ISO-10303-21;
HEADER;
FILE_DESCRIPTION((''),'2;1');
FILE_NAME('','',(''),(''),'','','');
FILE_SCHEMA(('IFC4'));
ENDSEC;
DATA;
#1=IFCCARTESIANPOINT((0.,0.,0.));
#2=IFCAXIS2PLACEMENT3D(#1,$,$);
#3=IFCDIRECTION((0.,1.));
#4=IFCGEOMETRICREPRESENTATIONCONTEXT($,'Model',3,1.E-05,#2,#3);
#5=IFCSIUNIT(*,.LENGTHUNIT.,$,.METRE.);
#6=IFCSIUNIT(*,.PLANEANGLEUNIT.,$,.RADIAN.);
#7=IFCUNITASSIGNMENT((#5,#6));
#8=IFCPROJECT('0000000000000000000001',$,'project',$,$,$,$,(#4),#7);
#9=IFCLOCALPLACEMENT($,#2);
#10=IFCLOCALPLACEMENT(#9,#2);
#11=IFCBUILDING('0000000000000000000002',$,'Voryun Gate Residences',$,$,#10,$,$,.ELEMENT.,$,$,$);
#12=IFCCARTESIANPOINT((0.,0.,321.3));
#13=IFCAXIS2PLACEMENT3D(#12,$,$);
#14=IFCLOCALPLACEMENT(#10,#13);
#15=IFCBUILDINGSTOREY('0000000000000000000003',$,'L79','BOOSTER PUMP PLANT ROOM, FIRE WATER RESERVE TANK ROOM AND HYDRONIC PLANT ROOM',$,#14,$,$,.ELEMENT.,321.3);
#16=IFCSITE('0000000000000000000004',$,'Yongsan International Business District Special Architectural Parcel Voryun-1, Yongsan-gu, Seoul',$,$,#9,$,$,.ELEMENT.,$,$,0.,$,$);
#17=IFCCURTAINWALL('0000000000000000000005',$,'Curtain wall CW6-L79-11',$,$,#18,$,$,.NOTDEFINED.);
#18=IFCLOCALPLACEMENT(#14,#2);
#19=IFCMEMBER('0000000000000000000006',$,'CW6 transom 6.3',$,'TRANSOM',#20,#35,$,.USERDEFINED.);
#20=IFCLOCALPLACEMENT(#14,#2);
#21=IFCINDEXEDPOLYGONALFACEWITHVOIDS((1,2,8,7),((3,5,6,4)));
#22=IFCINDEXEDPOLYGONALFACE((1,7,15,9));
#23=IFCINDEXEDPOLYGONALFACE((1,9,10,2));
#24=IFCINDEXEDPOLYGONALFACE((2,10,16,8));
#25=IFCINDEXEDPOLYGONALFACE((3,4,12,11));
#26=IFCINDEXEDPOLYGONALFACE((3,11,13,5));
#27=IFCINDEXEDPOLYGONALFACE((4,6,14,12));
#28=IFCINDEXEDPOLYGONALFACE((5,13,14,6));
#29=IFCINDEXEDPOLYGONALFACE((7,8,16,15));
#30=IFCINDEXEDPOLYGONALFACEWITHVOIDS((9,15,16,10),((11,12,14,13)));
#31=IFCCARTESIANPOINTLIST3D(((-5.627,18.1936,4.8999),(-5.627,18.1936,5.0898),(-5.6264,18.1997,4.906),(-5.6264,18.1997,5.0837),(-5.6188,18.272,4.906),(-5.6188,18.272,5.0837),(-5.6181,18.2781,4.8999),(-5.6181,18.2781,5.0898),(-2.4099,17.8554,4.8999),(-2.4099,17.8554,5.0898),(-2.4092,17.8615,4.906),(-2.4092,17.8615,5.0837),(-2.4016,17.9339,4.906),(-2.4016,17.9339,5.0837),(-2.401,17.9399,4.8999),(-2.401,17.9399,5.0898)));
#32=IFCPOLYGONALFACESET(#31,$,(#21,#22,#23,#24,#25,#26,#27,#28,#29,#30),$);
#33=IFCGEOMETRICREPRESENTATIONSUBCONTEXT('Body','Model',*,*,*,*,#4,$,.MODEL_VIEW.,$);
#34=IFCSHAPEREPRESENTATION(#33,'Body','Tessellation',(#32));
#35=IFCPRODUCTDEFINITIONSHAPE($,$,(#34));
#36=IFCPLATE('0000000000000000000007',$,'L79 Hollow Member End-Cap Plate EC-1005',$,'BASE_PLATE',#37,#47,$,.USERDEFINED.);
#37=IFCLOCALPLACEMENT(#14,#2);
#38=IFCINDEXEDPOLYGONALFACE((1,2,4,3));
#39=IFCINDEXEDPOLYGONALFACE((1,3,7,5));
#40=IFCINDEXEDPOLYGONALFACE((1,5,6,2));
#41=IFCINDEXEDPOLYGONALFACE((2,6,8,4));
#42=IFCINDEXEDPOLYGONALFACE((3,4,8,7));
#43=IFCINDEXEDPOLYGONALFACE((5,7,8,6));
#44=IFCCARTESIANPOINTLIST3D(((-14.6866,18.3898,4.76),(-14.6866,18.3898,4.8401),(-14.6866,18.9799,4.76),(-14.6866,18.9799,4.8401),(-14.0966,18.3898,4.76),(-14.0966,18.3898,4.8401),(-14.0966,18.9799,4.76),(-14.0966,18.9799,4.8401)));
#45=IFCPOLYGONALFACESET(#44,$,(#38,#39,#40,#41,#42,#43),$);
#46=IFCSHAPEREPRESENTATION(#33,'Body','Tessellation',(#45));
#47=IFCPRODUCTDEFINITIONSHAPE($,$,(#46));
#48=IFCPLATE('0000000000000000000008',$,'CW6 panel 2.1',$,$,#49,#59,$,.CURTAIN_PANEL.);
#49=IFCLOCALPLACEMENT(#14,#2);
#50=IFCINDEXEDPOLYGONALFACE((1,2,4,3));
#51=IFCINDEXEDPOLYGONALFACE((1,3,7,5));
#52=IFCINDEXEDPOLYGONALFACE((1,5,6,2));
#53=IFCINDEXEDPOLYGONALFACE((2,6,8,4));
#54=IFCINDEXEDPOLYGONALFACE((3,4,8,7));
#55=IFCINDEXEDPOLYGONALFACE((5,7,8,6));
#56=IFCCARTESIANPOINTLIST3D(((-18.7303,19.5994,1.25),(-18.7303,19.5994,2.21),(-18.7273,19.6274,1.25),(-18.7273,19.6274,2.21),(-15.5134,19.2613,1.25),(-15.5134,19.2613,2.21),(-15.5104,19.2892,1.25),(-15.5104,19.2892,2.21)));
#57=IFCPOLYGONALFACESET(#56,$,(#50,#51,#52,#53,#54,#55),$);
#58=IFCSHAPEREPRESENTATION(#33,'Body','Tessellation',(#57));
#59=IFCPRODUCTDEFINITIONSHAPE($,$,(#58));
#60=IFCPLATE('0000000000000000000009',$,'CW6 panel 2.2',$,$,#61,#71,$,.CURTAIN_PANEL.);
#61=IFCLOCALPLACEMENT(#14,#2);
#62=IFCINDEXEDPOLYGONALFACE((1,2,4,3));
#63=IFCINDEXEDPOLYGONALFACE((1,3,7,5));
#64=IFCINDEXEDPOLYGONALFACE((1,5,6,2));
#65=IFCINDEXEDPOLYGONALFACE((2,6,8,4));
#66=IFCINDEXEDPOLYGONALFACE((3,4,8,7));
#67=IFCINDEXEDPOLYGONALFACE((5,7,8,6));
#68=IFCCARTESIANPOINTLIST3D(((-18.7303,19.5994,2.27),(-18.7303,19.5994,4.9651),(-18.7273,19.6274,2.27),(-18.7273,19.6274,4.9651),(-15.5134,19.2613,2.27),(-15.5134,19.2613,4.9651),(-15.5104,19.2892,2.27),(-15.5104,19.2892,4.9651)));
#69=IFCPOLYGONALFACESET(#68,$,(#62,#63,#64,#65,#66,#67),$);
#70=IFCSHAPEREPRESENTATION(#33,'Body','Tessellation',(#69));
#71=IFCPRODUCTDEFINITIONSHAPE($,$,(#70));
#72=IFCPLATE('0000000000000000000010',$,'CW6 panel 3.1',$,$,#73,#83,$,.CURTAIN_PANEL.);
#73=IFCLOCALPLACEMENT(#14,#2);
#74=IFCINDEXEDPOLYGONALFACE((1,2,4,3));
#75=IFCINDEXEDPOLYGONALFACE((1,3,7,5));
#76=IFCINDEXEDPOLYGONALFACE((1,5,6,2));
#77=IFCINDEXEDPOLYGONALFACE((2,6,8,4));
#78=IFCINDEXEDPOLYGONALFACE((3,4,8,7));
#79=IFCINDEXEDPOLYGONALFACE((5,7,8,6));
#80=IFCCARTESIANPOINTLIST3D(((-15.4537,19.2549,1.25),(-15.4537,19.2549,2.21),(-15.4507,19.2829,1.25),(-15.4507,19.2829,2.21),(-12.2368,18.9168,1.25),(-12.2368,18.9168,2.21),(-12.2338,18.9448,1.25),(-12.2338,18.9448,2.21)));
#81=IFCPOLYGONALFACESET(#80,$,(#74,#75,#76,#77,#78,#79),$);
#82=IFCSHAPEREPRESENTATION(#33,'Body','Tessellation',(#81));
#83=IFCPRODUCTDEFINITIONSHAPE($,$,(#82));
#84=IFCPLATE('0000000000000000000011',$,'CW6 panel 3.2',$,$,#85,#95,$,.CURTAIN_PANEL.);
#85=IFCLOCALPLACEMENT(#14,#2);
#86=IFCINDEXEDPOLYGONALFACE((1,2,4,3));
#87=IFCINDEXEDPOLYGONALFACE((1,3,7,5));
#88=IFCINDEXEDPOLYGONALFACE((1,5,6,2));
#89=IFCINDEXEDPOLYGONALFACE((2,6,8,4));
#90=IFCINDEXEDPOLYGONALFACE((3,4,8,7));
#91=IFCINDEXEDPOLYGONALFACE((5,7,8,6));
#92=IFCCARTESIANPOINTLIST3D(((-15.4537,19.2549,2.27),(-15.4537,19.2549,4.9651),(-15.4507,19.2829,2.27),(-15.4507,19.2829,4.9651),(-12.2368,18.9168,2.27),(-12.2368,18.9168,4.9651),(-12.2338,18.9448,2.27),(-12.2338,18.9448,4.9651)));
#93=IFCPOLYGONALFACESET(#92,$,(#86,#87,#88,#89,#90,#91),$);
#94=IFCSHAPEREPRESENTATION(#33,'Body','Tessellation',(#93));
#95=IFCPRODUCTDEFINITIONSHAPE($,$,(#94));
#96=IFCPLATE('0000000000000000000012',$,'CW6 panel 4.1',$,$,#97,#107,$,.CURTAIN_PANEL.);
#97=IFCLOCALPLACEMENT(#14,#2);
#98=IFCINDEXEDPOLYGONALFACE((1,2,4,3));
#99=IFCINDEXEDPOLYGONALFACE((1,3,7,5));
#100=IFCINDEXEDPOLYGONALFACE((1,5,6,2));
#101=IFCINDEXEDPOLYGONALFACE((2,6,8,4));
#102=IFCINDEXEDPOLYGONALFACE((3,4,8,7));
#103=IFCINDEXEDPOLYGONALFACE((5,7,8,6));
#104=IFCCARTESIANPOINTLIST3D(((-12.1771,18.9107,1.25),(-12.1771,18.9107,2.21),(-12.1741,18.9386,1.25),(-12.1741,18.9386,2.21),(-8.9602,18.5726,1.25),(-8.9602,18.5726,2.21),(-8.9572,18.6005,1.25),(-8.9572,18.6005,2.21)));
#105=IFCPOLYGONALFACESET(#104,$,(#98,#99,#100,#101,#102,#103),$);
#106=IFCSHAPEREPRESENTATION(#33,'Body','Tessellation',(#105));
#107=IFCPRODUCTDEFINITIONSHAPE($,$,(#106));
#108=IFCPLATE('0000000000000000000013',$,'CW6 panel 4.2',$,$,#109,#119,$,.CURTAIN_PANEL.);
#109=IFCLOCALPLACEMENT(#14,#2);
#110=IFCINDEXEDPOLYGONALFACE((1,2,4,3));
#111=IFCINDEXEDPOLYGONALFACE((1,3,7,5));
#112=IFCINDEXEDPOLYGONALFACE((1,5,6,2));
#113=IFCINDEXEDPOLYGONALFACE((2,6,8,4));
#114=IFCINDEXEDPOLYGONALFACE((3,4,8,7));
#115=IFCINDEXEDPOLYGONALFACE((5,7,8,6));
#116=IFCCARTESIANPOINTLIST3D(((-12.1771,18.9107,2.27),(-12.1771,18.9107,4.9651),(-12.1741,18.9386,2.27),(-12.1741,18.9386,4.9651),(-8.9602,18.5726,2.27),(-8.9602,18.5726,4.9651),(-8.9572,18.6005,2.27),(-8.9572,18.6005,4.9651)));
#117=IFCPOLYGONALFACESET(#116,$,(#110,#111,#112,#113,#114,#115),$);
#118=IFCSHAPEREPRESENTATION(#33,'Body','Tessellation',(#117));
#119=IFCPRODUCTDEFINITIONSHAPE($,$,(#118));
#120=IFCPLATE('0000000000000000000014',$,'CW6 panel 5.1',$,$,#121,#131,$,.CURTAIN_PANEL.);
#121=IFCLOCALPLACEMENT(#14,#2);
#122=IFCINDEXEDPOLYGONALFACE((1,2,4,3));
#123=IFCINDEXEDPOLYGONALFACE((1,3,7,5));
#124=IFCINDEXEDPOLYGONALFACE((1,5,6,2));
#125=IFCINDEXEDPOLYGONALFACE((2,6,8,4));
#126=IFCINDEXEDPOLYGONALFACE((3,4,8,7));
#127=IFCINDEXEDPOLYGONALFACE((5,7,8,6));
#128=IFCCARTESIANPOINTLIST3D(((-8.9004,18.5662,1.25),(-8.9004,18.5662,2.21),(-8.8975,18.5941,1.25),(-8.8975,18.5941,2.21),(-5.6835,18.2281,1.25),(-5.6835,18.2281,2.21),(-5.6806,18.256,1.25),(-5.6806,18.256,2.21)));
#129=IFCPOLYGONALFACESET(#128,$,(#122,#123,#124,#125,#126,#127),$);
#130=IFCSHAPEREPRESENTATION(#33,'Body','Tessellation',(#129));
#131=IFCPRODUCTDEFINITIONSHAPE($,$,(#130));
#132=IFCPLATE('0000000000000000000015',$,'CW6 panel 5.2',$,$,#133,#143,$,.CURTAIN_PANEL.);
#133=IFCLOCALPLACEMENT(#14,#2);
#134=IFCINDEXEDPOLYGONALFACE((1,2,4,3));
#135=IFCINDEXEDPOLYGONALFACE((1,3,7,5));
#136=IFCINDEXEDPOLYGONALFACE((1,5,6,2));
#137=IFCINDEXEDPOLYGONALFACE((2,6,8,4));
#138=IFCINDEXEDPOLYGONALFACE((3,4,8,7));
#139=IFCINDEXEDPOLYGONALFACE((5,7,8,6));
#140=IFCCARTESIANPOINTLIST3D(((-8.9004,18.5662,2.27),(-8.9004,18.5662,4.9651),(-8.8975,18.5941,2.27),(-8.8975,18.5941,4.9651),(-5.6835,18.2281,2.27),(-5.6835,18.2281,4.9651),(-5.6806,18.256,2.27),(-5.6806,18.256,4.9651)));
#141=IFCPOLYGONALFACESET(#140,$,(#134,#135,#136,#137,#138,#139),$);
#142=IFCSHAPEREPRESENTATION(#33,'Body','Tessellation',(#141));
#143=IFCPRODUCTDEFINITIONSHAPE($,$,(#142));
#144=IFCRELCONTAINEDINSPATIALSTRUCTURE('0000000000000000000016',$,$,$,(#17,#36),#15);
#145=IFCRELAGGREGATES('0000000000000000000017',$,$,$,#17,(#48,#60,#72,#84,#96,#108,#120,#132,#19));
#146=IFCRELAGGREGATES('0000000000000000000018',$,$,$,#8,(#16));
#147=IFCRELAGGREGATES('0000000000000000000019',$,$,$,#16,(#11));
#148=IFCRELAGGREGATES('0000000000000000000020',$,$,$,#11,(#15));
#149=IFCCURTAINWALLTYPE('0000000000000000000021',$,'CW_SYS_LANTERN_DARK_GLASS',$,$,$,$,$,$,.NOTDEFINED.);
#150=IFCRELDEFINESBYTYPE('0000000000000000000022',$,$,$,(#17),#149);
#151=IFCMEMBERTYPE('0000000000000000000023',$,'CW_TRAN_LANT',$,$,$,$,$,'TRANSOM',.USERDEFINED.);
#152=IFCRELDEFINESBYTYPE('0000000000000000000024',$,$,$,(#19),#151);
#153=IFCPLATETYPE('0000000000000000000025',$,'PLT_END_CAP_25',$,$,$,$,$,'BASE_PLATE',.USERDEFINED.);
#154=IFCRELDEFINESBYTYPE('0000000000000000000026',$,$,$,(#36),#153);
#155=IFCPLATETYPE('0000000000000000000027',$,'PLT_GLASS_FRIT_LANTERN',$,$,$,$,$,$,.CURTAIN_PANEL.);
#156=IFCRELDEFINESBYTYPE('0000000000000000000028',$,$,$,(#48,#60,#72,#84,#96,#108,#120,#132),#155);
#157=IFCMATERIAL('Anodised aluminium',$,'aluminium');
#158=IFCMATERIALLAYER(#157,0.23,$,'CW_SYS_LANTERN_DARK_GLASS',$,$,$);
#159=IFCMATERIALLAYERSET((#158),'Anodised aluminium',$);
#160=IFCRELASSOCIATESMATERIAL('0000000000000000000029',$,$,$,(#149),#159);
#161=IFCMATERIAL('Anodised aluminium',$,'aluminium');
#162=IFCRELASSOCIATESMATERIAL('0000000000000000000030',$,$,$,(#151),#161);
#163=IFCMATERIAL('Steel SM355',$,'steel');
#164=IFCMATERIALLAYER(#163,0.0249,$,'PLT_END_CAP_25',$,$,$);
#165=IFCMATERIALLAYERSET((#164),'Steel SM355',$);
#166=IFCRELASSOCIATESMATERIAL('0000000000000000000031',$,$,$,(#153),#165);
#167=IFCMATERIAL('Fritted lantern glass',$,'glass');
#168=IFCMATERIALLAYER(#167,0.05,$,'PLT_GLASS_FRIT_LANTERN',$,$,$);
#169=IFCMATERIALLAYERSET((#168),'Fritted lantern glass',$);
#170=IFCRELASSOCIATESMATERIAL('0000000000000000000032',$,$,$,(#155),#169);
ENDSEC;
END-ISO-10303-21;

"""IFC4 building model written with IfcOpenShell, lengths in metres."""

from ifc_helpers import new_model, si_unit, direction, frame, origin, origin_2d, place, context, subcontext, project, spatial, rectangle, hollow_rectangle, extrude, material, layer, layer_set, material_profile, profile_set, type_object, element, aggregate, save


model = new_model("IFC4")

# Units and contexts
model_context = context("Model", 3, precision=1e-05, world=origin(), true_north=direction((0.0, 1.0)))
body_context = subcontext(model_context, "Body", "Model", "MODEL_VIEW")
ifc_project = project(units=[si_unit("LENGTHUNIT", "METRE"), si_unit("PLANEANGLEUNIT", "RADIAN")], contexts=[model_context])

# Site, building, storey
site_placement = place(None, origin())
site = spatial("IfcSite", under=ifc_project, at=site_placement, Name="Yongsan International Business District Special Architectural Parcel Voryun-1, Yongsan-gu, Seoul", CompositionType="ELEMENT", RefElevation=0.0)
building_placement = place(site_placement, origin())
building = spatial("IfcBuilding", under=site, at=building_placement, Name="Voryun Gate Residences", CompositionType="ELEMENT")
storey_placement = place(building_placement, frame((0.0, 0.0, 321.3)))
storey = spatial("IfcBuildingStorey", under=building, at=storey_placement, Name="L79", Description="BOOSTER PUMP PLANT ROOM, FIRE WATER RESERVE TANK ROOM AND HYDRONIC PLANT ROOM", CompositionType="ELEMENT", Elevation=321.3)

# Curtain wall, member
ifc_material_1 = material(Name="Anodised aluminium", Category="aluminium")
ifc_layer_1 = layer(ifc_material_1, 0.23, Name="CW_SYS_LANTERN_DARK_GLASS")
ifc_layer_set_1 = layer_set([ifc_layer_1], Name="Anodised aluminium")
curtain_wall_type = type_object("IfcCurtainWallType", Name="CW_SYS_LANTERN_DARK_GLASS", PredefinedType="NOTDEFINED", material=ifc_layer_set_1)
curtain_wall_placement = place(storey_placement, origin())
curtain_wall = element("IfcCurtainWall", 1, at=curtain_wall_placement, inside=storey, type_object=curtain_wall_type, Name="Curtain wall CW6-L79-11", PredefinedType="NOTDEFINED")
ifc_material_2 = material(Name="Anodised aluminium", Category="aluminium")
ifc_material_profile_1 = material_profile(ifc_material_2, hollow_rectangle(XDim=0.085, YDim=0.1899, WallThickness=0.0061, at=origin_2d()), Name="ALU-TRAN-190x85x6")
ifc_profile_set_1 = profile_set([ifc_material_profile_1], Name="Anodised aluminium")
member_type_1 = type_object("IfcMemberType", Name="CW_TRAN_LANT", ElementType="TRANSOM", PredefinedType="USERDEFINED", material=ifc_profile_set_1)
member_1_placement = place(storey_placement, frame((-5.6226, 18.2358, 4.9949), z_axis=(0.994522, -0.104532, 0.0), x_axis=(0.104532, 0.994522, 0.0)))
member_1 = element("IfcMember", 2, at=member_1_placement, type_object=member_type_1, Name="CW6 transom 6.3", ObjectType="TRANSOM", PredefinedType="USERDEFINED", context=body_context, shape_type="SweptSolid", body=[
    extrude(hollow_rectangle(XDim=0.085, YDim=0.1899, WallThickness=0.0061, at=origin_2d()), origin(), (0.0, 0.0, 1.0), 3.2349),
])

# Plates
ifc_material_3 = material(Name="Steel SM355", Category="steel")
ifc_layer_2 = layer(ifc_material_3, 0.0249, Name="PLT_END_CAP_25")
ifc_layer_set_2 = layer_set([ifc_layer_2], Name="Steel SM355")
plate_type_1 = type_object("IfcPlateType", Name="PLT_END_CAP_25", ElementType="BASE_PLATE", PredefinedType="USERDEFINED", material=ifc_layer_set_2)
plate_1_placement = place(storey_placement, frame((-14.3916, 18.6848, 4.76), z_axis=(0.0, 0.0, 1.0), x_axis=(1.0, 0.0, 0.0)))
element("IfcPlate", 3, at=plate_1_placement, inside=storey, type_object=plate_type_1, Name="L79 Hollow Member End-Cap Plate EC-1005", ObjectType="BASE_PLATE", PredefinedType="USERDEFINED", context=body_context, shape_type="SweptSolid", body=[
    extrude(rectangle(XDim=0.5901, YDim=0.5901, at=origin_2d()), origin(), (0.0, 0.0, 1.0), 0.0801),
])
ifc_material_4 = material(Name="Fritted lantern glass", Category="glass")
ifc_layer_3 = layer(ifc_material_4, 0.05, Name="PLT_GLASS_FRIT_LANTERN")
ifc_layer_set_3 = layer_set([ifc_layer_3], Name="Fritted lantern glass")
plate_type_2 = type_object("IfcPlateType", Name="PLT_GLASS_FRIT_LANTERN", PredefinedType="CURTAIN_PANEL", material=ifc_layer_set_3)
plate_2_placement = place(storey_placement, frame((-17.1204, 19.4443, 1.25), z_axis=(0.0, 0.0, 1.0), x_axis=(0.994522, -0.104528, 0.0)))
plate_2 = element("IfcPlate", 4, at=plate_2_placement, type_object=plate_type_2, Name="CW6 panel 2.1", PredefinedType="CURTAIN_PANEL", context=body_context, shape_type="SweptSolid", body=[
    extrude(rectangle(XDim=3.2346, YDim=0.0281, at=origin_2d()), origin(), (0.0, 0.0, 1.0), 0.96),
])
plate_3_placement = place(storey_placement, frame((-17.1204, 19.4443, 2.27), z_axis=(0.0, 0.0, 1.0), x_axis=(0.994522, -0.104528, 0.0)))
plate_3 = element("IfcPlate", 5, at=plate_3_placement, type_object=plate_type_2, Name="CW6 panel 2.2", PredefinedType="CURTAIN_PANEL", context=body_context, shape_type="SweptSolid", body=[
    extrude(rectangle(XDim=3.2346, YDim=0.0281, at=origin_2d()), origin(), (0.0, 0.0, 1.0), 2.6951),
])
plate_4_placement = place(storey_placement, frame((-13.8438, 19.0999, 1.25), z_axis=(0.0, 0.0, 1.0), x_axis=(0.994522, -0.104528, 0.0)))
plate_4 = element("IfcPlate", 6, at=plate_4_placement, type_object=plate_type_2, Name="CW6 panel 3.1", PredefinedType="CURTAIN_PANEL", context=body_context, shape_type="SweptSolid", body=[
    extrude(rectangle(XDim=3.2346, YDim=0.0281, at=origin_2d()), origin(), (0.0, 0.0, 1.0), 0.96),
])
plate_5_placement = place(storey_placement, frame((-13.8438, 19.0999, 2.27), z_axis=(0.0, 0.0, 1.0), x_axis=(0.994522, -0.104528, 0.0)))
plate_5 = element("IfcPlate", 7, at=plate_5_placement, type_object=plate_type_2, Name="CW6 panel 3.2", PredefinedType="CURTAIN_PANEL", context=body_context, shape_type="SweptSolid", body=[
    extrude(rectangle(XDim=3.2346, YDim=0.0281, at=origin_2d()), origin(), (0.0, 0.0, 1.0), 2.6951),
])
plate_6_placement = place(storey_placement, frame((-10.5671, 18.7556, 1.25), z_axis=(0.0, 0.0, 1.0), x_axis=(0.994522, -0.104528, 0.0)))
plate_6 = element("IfcPlate", 8, at=plate_6_placement, type_object=plate_type_2, Name="CW6 panel 4.1", PredefinedType="CURTAIN_PANEL", context=body_context, shape_type="SweptSolid", body=[
    extrude(rectangle(XDim=3.2346, YDim=0.0281, at=origin_2d()), origin(), (0.0, 0.0, 1.0), 0.96),
])
plate_7_placement = place(storey_placement, frame((-10.5671, 18.7556, 2.27), z_axis=(0.0, 0.0, 1.0), x_axis=(0.994522, -0.104528, 0.0)))
plate_7 = element("IfcPlate", 9, at=plate_7_placement, type_object=plate_type_2, Name="CW6 panel 4.2", PredefinedType="CURTAIN_PANEL", context=body_context, shape_type="SweptSolid", body=[
    extrude(rectangle(XDim=3.2346, YDim=0.0281, at=origin_2d()), origin(), (0.0, 0.0, 1.0), 2.6951),
])
plate_8_placement = place(storey_placement, frame((-7.2905, 18.4111, 1.25), z_axis=(0.0, 0.0, 1.0), x_axis=(0.994522, -0.104528, 0.0)))
plate_8 = element("IfcPlate", 10, at=plate_8_placement, type_object=plate_type_2, Name="CW6 panel 5.1", PredefinedType="CURTAIN_PANEL", context=body_context, shape_type="SweptSolid", body=[
    extrude(rectangle(XDim=3.2346, YDim=0.0281, at=origin_2d()), origin(), (0.0, 0.0, 1.0), 0.96),
])
plate_9_placement = place(storey_placement, frame((-7.2905, 18.4111, 2.27), z_axis=(0.0, 0.0, 1.0), x_axis=(0.994522, -0.104528, 0.0)))
plate_9 = element("IfcPlate", 11, at=plate_9_placement, type_object=plate_type_2, Name="CW6 panel 5.2", PredefinedType="CURTAIN_PANEL", context=body_context, shape_type="SweptSolid", body=[
    extrude(rectangle(XDim=3.2346, YDim=0.0281, at=origin_2d()), origin(), (0.0, 0.0, 1.0), 2.6951),
])
aggregate(curtain_wall, [plate_2, plate_3, plate_4, plate_5, plate_6, plate_7, plate_8, plate_9, member_1])

save(model, "model.ifc")
